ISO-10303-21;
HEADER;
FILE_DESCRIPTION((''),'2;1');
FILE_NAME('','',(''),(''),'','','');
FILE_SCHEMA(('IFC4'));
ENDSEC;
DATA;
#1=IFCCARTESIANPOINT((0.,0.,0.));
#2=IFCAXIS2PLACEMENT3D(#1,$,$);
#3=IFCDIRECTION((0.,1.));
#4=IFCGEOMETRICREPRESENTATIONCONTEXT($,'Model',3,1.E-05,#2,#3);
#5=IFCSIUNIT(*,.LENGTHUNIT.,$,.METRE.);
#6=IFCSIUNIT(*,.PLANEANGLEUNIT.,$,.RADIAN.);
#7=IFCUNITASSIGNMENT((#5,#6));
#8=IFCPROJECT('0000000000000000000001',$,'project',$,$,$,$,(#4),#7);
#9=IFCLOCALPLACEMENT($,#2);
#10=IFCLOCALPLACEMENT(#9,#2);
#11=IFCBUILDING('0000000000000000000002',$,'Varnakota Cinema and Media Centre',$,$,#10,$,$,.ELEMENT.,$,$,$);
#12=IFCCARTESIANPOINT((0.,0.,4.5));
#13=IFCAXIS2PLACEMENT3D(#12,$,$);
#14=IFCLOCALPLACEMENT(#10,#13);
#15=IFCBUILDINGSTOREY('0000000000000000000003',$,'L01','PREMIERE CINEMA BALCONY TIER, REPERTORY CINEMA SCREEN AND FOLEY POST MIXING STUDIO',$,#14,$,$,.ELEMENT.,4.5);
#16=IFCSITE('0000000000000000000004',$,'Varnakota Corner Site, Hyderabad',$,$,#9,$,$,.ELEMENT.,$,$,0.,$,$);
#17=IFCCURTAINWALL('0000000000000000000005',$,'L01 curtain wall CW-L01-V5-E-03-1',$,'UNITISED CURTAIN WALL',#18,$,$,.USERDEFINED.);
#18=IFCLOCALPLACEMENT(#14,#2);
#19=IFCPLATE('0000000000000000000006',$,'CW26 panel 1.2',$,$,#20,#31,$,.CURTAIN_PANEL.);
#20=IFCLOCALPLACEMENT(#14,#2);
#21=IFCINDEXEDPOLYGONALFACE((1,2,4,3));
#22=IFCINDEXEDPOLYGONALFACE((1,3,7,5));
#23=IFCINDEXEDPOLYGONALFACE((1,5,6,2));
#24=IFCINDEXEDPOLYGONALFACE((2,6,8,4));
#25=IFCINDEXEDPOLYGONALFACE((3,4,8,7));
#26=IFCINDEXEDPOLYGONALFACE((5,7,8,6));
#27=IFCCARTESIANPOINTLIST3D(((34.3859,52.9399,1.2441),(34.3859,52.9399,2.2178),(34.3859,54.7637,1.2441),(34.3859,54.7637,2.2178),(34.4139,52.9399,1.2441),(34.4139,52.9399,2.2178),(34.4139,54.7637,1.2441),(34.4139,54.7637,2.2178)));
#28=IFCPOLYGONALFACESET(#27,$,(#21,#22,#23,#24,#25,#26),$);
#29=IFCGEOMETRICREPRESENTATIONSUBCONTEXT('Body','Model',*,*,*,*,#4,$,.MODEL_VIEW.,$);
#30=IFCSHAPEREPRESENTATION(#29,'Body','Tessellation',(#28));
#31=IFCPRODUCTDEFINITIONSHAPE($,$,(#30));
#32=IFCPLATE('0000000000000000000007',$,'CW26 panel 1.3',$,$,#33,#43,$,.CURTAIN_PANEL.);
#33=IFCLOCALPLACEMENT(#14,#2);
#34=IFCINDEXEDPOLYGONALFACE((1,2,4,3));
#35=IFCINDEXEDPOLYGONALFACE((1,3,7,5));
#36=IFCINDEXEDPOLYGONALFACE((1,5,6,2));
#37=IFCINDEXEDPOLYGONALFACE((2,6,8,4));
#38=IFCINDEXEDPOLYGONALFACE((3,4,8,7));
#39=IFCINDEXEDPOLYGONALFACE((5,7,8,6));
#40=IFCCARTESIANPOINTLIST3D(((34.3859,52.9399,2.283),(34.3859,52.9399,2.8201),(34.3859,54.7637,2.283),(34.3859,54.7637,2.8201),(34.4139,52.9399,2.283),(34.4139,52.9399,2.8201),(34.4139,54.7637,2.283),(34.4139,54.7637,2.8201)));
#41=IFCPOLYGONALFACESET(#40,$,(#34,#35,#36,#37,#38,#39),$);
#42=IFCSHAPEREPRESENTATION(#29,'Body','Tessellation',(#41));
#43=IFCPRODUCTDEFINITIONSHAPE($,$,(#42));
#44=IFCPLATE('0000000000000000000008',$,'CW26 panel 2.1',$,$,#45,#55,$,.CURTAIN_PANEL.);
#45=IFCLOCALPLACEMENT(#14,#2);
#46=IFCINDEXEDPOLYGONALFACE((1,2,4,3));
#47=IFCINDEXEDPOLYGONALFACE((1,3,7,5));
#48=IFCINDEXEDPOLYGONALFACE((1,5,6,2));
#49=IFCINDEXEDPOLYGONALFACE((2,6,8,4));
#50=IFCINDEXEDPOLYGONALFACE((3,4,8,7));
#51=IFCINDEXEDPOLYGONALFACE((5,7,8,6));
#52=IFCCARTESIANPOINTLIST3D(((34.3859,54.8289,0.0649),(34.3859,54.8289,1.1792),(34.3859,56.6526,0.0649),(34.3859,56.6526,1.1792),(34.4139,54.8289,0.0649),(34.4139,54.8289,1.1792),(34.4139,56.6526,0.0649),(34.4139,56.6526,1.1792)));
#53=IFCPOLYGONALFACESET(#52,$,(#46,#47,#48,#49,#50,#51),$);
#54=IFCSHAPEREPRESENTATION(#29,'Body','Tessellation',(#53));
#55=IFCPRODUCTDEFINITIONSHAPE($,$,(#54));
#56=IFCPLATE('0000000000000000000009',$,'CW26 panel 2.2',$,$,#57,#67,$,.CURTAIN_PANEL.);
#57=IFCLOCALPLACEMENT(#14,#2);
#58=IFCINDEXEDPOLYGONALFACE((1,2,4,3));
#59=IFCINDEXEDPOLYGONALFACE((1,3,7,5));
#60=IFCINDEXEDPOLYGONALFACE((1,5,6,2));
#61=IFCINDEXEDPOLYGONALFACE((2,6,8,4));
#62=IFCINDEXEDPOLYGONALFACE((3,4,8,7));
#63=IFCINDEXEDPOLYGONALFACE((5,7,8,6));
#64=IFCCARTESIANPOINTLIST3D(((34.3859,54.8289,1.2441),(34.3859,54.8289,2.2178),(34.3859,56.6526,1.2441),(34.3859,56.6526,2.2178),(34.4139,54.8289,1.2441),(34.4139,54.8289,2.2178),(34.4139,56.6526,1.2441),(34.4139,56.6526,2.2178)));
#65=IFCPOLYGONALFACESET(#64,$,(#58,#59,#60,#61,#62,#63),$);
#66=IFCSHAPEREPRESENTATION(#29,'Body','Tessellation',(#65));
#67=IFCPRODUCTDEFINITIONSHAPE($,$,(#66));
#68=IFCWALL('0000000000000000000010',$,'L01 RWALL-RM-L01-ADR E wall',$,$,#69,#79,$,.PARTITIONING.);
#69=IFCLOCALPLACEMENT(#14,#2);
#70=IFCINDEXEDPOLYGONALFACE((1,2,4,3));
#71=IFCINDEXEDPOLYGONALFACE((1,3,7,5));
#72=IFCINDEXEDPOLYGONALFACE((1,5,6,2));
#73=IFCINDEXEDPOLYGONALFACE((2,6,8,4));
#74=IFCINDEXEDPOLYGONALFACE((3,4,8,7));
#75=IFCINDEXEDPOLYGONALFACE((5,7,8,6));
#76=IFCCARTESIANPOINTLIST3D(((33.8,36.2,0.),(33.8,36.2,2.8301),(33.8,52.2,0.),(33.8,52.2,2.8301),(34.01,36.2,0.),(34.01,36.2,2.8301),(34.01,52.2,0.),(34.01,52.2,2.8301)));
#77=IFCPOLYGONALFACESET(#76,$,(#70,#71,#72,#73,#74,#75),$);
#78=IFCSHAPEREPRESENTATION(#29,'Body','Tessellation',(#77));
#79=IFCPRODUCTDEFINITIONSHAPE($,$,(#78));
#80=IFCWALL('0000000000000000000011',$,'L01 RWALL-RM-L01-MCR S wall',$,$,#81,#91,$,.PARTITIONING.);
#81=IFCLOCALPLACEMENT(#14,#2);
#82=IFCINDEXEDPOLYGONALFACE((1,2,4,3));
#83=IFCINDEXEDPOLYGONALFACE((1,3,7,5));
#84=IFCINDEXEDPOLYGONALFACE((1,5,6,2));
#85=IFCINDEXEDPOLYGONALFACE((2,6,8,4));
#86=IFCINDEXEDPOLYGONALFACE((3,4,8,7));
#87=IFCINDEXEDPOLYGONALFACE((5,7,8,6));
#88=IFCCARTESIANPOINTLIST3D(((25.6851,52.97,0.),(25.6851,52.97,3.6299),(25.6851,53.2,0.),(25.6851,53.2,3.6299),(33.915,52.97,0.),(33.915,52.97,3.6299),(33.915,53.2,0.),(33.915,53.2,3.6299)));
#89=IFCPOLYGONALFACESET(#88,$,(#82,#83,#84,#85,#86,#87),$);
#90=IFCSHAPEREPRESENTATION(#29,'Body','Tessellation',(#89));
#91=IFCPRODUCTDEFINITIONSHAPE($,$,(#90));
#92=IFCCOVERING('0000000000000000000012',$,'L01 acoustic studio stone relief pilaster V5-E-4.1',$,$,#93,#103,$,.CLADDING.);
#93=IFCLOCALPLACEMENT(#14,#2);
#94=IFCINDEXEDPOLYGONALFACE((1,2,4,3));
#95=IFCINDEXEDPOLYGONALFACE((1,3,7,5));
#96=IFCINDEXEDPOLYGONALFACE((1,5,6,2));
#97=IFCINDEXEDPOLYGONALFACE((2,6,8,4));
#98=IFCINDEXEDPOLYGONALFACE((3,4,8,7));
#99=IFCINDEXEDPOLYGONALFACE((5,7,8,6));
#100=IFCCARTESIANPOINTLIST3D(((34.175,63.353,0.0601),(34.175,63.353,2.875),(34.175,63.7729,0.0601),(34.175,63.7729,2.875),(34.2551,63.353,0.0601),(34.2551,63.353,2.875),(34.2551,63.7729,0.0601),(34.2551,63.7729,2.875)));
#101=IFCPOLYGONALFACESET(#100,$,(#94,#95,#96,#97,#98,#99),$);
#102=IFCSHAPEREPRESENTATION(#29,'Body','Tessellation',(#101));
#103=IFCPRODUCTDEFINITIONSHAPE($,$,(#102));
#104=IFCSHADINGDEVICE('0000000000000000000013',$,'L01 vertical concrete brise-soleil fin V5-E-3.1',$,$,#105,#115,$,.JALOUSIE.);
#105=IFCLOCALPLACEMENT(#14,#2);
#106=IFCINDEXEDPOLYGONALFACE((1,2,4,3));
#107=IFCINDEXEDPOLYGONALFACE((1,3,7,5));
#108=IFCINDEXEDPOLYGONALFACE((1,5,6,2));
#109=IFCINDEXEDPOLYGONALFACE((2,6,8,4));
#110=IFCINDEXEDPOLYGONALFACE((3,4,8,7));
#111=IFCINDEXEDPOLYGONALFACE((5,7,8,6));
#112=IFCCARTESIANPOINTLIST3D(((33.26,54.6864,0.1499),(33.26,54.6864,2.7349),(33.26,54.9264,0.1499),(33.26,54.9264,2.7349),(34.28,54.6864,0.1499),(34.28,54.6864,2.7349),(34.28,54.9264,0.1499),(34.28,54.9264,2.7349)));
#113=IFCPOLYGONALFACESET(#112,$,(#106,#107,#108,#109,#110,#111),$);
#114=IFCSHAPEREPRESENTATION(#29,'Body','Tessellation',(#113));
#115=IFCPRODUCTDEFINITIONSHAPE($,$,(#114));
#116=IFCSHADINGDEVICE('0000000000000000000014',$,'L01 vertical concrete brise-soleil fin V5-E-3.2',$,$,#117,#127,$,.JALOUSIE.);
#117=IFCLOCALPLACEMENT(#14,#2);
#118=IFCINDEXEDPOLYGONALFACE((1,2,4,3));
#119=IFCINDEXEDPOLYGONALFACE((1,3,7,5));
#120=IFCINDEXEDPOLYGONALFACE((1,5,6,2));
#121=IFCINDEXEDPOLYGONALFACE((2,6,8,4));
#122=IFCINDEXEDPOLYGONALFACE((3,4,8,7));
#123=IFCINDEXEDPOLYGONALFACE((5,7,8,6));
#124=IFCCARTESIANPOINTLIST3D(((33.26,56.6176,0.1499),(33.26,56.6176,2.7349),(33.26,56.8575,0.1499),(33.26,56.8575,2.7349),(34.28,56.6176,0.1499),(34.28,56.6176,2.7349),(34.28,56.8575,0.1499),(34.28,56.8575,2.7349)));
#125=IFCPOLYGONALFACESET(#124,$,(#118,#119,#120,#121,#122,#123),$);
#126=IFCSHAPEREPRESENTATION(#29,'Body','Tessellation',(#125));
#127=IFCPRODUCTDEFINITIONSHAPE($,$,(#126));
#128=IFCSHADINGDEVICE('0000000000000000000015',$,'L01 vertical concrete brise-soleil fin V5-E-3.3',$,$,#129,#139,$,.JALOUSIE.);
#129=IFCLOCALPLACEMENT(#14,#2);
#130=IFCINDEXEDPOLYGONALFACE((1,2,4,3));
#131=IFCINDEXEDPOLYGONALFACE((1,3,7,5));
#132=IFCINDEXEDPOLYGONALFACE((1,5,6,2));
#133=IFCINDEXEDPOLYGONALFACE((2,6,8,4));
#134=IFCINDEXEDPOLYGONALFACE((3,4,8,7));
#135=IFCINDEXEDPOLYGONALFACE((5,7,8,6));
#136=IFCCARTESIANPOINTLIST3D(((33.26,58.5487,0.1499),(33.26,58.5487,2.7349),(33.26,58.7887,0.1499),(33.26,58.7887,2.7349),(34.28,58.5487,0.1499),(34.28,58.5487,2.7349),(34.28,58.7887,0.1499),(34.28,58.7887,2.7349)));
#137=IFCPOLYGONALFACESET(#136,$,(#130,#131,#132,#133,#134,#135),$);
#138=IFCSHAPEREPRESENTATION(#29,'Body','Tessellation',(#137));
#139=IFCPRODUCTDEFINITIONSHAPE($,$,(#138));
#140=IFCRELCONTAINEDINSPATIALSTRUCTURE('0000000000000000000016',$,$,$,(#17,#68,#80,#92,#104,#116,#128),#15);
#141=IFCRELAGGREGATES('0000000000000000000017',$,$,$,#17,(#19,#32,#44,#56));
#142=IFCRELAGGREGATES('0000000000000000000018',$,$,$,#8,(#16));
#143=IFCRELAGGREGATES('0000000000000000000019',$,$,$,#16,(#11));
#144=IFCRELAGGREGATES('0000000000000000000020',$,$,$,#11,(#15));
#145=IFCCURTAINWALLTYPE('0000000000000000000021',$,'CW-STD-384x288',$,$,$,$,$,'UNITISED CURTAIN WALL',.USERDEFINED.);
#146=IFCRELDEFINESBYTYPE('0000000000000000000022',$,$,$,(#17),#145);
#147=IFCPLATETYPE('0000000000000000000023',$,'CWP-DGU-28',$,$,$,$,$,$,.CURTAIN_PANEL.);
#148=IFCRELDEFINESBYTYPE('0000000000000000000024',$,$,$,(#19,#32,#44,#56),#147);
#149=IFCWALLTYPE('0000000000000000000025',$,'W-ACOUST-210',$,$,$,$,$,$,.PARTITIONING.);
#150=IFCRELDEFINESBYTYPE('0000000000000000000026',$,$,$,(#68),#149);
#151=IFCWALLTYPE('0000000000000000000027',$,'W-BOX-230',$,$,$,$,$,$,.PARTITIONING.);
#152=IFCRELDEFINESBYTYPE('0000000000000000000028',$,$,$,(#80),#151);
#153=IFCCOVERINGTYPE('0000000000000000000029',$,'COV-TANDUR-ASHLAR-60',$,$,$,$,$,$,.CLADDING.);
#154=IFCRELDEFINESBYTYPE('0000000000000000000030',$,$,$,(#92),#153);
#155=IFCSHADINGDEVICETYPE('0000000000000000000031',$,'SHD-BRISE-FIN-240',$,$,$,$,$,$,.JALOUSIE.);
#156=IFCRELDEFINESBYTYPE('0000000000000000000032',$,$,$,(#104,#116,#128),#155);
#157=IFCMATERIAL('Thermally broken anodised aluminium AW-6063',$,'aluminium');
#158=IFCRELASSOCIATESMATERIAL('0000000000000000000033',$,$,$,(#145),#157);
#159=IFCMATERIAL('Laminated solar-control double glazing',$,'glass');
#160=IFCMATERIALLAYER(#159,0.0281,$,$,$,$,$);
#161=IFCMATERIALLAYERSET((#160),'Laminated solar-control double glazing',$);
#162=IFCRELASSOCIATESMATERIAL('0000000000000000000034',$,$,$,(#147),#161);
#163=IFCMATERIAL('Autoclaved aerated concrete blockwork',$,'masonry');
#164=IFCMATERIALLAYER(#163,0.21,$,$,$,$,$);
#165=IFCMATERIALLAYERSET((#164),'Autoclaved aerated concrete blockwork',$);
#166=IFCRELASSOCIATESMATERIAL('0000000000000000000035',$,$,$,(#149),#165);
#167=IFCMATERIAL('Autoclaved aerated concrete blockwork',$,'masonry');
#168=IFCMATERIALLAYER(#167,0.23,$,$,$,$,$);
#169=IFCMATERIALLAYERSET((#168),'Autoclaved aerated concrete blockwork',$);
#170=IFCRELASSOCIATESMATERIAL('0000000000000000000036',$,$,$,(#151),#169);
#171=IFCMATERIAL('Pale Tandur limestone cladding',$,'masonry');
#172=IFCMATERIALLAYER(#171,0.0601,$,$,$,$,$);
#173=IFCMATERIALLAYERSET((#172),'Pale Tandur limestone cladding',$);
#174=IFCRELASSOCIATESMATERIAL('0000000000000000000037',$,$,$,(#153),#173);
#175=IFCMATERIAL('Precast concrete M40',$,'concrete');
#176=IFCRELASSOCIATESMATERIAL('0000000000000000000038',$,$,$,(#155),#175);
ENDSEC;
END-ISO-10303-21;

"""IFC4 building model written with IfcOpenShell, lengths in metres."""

from ifc_helpers import new_model, si_unit, direction, frame, frame_2d, origin, origin_2d, place, context, subcontext, project, spatial, rectangle, extrude, material, layer, layer_set, type_object, element, aggregate, save


model = new_model("IFC4")

# Units and contexts
model_context = context("Model", 3, precision=1e-05, world=origin(), true_north=direction((0.0, 1.0)))
body_context = subcontext(model_context, "Body", "Model", "MODEL_VIEW")
ifc_project = project(units=[si_unit("LENGTHUNIT", "METRE"), si_unit("PLANEANGLEUNIT", "RADIAN")], contexts=[model_context])

# Site, building, storey
site_placement = place(None, origin())
site = spatial("IfcSite", under=ifc_project, at=site_placement, Name="Varnakota Corner Site, Hyderabad", CompositionType="ELEMENT", RefElevation=0.0)
building_placement = place(site_placement, origin())
building = spatial("IfcBuilding", under=site, at=building_placement, Name="Varnakota Cinema and Media Centre", CompositionType="ELEMENT")
storey_placement = place(building_placement, frame((0.0, 0.0, 4.5)))
storey = spatial("IfcBuildingStorey", under=building, at=storey_placement, Name="L01", Description="PREMIERE CINEMA BALCONY TIER, REPERTORY CINEMA SCREEN AND FOLEY POST MIXING STUDIO", CompositionType="ELEMENT", Elevation=4.5)

# Curtain wall
ifc_material_1 = material(Name="Thermally broken anodised aluminium AW-6063", Category="aluminium")
curtain_wall_type_1 = type_object("IfcCurtainWallType", Name="CW-STD-384x288", ElementType="UNITISED CURTAIN WALL", PredefinedType="USERDEFINED", material=ifc_material_1)
curtain_wall_1_placement = place(storey_placement, origin())
curtain_wall_1 = element("IfcCurtainWall", 1, at=curtain_wall_1_placement, inside=storey, type_object=curtain_wall_type_1, Name="L01 curtain wall CW-L01-V5-E-03-1", ObjectType="UNITISED CURTAIN WALL", PredefinedType="USERDEFINED")

# Plates
ifc_material_2 = material(Name="Laminated solar-control double glazing", Category="glass")
ifc_layer_1 = layer(ifc_material_2, 0.0281)
ifc_layer_set_1 = layer_set([ifc_layer_1], Name="Laminated solar-control double glazing")
plate_type = type_object("IfcPlateType", Name="CWP-DGU-28", PredefinedType="CURTAIN_PANEL", material=ifc_layer_set_1)
plate_1_placement = place(storey_placement, frame((34.3999, 53.8518, 1.2441), z_axis=(0.0, 0.0, 1.0), x_axis=(0.0, 1.0, 0.0)))
plate_1 = element("IfcPlate", 2, at=plate_1_placement, type_object=plate_type, Name="CW26 panel 1.2", PredefinedType="CURTAIN_PANEL", context=body_context, shape_type="SweptSolid", body=[
    extrude(rectangle(XDim=1.8237, YDim=0.0281, at=origin_2d()), origin(), (0.0, 0.0, 1.0), 0.9736),
])
plate_2_placement = place(storey_placement, frame((34.3999, 53.8518, 2.283), z_axis=(0.0, 0.0, 1.0), x_axis=(0.0, 1.0, 0.0)))
plate_2 = element("IfcPlate", 3, at=plate_2_placement, type_object=plate_type, Name="CW26 panel 1.3", PredefinedType="CURTAIN_PANEL", context=body_context, shape_type="SweptSolid", body=[
    extrude(rectangle(XDim=1.8237, YDim=0.0281, at=origin_2d()), origin(), (0.0, 0.0, 1.0), 0.5371),
])
plate_3_placement = place(storey_placement, frame((34.3999, 55.7407, 0.0649), z_axis=(0.0, 0.0, 1.0), x_axis=(0.0, 1.0, 0.0)))
plate_3 = element("IfcPlate", 4, at=plate_3_placement, type_object=plate_type, Name="CW26 panel 2.1", PredefinedType="CURTAIN_PANEL", context=body_context, shape_type="SweptSolid", body=[
    extrude(rectangle(XDim=1.8237, YDim=0.0281, at=origin_2d()), origin(), (0.0, 0.0, 1.0), 1.1143),
])
plate_4_placement = place(storey_placement, frame((34.3999, 55.7407, 1.2441), z_axis=(0.0, 0.0, 1.0), x_axis=(0.0, 1.0, 0.0)))
plate_4 = element("IfcPlate", 5, at=plate_4_placement, type_object=plate_type, Name="CW26 panel 2.2", PredefinedType="CURTAIN_PANEL", context=body_context, shape_type="SweptSolid", body=[
    extrude(rectangle(XDim=1.8237, YDim=0.0281, at=origin_2d()), origin(), (0.0, 0.0, 1.0), 0.9736),
])
aggregate(curtain_wall_1, [plate_1, plate_2, plate_3, plate_4])

# Walls
ifc_material_3 = material(Name="Autoclaved aerated concrete blockwork", Category="masonry")
ifc_layer_2 = layer(ifc_material_3, 0.21)
ifc_layer_set_2 = layer_set([ifc_layer_2], Name="Autoclaved aerated concrete blockwork")
wall_type_1 = type_object("IfcWallType", Name="W-ACOUST-210", PredefinedType="PARTITIONING", material=ifc_layer_set_2)
wall_1_placement = place(storey_placement, frame((33.905, 52.2, 0.0), z_axis=(0.0, 0.0, 1.0), x_axis=(0.0, -1.0, 0.0)))
element("IfcWall", 6, at=wall_1_placement, inside=storey, type_object=wall_type_1, Name="L01 RWALL-RM-L01-ADR E wall", PredefinedType="PARTITIONING", context=body_context, shape_type="SweptSolid", body=[
    extrude(rectangle(XDim=16.0, YDim=0.21, at=frame_2d((8.0, 0.0))), origin(), (0.0, 0.0, 1.0), 2.8301),
])
ifc_material_4 = material(Name="Autoclaved aerated concrete blockwork", Category="masonry")
ifc_layer_3 = layer(ifc_material_4, 0.23)
ifc_layer_set_3 = layer_set([ifc_layer_3], Name="Autoclaved aerated concrete blockwork")
wall_type_2 = type_object("IfcWallType", Name="W-BOX-230", PredefinedType="PARTITIONING", material=ifc_layer_set_3)
wall_2_placement = place(storey_placement, frame((33.915, 53.085, 0.0), z_axis=(0.0, 0.0, 1.0), x_axis=(-1.0, 0.0, 0.0)))
element("IfcWall", 7, at=wall_2_placement, inside=storey, type_object=wall_type_2, Name="L01 RWALL-RM-L01-MCR S wall", PredefinedType="PARTITIONING", context=body_context, shape_type="SweptSolid", body=[
    extrude(rectangle(XDim=8.23, YDim=0.23, at=frame_2d((4.115, 0.0))), origin(), (0.0, 0.0, 1.0), 3.6299),
])

# Covering
ifc_material_5 = material(Name="Pale Tandur limestone cladding", Category="masonry")
ifc_layer_4 = layer(ifc_material_5, 0.0601)
ifc_layer_set_4 = layer_set([ifc_layer_4], Name="Pale Tandur limestone cladding")
covering_type = type_object("IfcCoveringType", Name="COV-TANDUR-ASHLAR-60", PredefinedType="CLADDING", material=ifc_layer_set_4)
covering_placement = place(storey_placement, frame((34.2151, 63.563, 0.0601), z_axis=(0.0, 0.0, 1.0), x_axis=(0.0, 1.0, 0.0)))
element("IfcCovering", 8, at=covering_placement, inside=storey, type_object=covering_type, Name="L01 acoustic studio stone relief pilaster V5-E-4.1", PredefinedType="CLADDING", context=body_context, shape_type="SweptSolid", body=[
    extrude(rectangle(XDim=0.4199, YDim=0.0801, at=origin_2d()), origin(), (0.0, 0.0, 1.0), 2.8149),
])

# Shading devices
ifc_material_6 = material(Name="Precast concrete M40", Category="concrete")
shading_device_type = type_object("IfcShadingDeviceType", Name="SHD-BRISE-FIN-240", PredefinedType="JALOUSIE", material=ifc_material_6)
for number, where, z_axis, x_axis, name in (
    (9, (33.77, 54.8064, 0.1499), (0.0, 0.0, 1.0), (0.0, 1.0, 0.0), "L01 vertical concrete brise-soleil fin V5-E-3.1"),
    (10, (33.77, 56.7375, 0.1499), (0.0, 0.0, 1.0), (0.0, 1.0, 0.0), "L01 vertical concrete brise-soleil fin V5-E-3.2"),
    (11, (33.77, 58.6687, 0.1499), (0.0, 0.0, 1.0), (0.0, 1.0, 0.0), "L01 vertical concrete brise-soleil fin V5-E-3.3"),
):
    element("IfcShadingDevice", number, at=place(storey_placement, frame(where, z_axis=z_axis, x_axis=x_axis)), inside=storey, type_object=shading_device_type, Name=name, PredefinedType="JALOUSIE", context=body_context, shape_type="SweptSolid", body=[
        extrude(rectangle(XDim=0.24, YDim=1.02, at=origin_2d()), origin(), (0.0, 0.0, 1.0), 2.585),
    ])

save(model, "model.ifc")
